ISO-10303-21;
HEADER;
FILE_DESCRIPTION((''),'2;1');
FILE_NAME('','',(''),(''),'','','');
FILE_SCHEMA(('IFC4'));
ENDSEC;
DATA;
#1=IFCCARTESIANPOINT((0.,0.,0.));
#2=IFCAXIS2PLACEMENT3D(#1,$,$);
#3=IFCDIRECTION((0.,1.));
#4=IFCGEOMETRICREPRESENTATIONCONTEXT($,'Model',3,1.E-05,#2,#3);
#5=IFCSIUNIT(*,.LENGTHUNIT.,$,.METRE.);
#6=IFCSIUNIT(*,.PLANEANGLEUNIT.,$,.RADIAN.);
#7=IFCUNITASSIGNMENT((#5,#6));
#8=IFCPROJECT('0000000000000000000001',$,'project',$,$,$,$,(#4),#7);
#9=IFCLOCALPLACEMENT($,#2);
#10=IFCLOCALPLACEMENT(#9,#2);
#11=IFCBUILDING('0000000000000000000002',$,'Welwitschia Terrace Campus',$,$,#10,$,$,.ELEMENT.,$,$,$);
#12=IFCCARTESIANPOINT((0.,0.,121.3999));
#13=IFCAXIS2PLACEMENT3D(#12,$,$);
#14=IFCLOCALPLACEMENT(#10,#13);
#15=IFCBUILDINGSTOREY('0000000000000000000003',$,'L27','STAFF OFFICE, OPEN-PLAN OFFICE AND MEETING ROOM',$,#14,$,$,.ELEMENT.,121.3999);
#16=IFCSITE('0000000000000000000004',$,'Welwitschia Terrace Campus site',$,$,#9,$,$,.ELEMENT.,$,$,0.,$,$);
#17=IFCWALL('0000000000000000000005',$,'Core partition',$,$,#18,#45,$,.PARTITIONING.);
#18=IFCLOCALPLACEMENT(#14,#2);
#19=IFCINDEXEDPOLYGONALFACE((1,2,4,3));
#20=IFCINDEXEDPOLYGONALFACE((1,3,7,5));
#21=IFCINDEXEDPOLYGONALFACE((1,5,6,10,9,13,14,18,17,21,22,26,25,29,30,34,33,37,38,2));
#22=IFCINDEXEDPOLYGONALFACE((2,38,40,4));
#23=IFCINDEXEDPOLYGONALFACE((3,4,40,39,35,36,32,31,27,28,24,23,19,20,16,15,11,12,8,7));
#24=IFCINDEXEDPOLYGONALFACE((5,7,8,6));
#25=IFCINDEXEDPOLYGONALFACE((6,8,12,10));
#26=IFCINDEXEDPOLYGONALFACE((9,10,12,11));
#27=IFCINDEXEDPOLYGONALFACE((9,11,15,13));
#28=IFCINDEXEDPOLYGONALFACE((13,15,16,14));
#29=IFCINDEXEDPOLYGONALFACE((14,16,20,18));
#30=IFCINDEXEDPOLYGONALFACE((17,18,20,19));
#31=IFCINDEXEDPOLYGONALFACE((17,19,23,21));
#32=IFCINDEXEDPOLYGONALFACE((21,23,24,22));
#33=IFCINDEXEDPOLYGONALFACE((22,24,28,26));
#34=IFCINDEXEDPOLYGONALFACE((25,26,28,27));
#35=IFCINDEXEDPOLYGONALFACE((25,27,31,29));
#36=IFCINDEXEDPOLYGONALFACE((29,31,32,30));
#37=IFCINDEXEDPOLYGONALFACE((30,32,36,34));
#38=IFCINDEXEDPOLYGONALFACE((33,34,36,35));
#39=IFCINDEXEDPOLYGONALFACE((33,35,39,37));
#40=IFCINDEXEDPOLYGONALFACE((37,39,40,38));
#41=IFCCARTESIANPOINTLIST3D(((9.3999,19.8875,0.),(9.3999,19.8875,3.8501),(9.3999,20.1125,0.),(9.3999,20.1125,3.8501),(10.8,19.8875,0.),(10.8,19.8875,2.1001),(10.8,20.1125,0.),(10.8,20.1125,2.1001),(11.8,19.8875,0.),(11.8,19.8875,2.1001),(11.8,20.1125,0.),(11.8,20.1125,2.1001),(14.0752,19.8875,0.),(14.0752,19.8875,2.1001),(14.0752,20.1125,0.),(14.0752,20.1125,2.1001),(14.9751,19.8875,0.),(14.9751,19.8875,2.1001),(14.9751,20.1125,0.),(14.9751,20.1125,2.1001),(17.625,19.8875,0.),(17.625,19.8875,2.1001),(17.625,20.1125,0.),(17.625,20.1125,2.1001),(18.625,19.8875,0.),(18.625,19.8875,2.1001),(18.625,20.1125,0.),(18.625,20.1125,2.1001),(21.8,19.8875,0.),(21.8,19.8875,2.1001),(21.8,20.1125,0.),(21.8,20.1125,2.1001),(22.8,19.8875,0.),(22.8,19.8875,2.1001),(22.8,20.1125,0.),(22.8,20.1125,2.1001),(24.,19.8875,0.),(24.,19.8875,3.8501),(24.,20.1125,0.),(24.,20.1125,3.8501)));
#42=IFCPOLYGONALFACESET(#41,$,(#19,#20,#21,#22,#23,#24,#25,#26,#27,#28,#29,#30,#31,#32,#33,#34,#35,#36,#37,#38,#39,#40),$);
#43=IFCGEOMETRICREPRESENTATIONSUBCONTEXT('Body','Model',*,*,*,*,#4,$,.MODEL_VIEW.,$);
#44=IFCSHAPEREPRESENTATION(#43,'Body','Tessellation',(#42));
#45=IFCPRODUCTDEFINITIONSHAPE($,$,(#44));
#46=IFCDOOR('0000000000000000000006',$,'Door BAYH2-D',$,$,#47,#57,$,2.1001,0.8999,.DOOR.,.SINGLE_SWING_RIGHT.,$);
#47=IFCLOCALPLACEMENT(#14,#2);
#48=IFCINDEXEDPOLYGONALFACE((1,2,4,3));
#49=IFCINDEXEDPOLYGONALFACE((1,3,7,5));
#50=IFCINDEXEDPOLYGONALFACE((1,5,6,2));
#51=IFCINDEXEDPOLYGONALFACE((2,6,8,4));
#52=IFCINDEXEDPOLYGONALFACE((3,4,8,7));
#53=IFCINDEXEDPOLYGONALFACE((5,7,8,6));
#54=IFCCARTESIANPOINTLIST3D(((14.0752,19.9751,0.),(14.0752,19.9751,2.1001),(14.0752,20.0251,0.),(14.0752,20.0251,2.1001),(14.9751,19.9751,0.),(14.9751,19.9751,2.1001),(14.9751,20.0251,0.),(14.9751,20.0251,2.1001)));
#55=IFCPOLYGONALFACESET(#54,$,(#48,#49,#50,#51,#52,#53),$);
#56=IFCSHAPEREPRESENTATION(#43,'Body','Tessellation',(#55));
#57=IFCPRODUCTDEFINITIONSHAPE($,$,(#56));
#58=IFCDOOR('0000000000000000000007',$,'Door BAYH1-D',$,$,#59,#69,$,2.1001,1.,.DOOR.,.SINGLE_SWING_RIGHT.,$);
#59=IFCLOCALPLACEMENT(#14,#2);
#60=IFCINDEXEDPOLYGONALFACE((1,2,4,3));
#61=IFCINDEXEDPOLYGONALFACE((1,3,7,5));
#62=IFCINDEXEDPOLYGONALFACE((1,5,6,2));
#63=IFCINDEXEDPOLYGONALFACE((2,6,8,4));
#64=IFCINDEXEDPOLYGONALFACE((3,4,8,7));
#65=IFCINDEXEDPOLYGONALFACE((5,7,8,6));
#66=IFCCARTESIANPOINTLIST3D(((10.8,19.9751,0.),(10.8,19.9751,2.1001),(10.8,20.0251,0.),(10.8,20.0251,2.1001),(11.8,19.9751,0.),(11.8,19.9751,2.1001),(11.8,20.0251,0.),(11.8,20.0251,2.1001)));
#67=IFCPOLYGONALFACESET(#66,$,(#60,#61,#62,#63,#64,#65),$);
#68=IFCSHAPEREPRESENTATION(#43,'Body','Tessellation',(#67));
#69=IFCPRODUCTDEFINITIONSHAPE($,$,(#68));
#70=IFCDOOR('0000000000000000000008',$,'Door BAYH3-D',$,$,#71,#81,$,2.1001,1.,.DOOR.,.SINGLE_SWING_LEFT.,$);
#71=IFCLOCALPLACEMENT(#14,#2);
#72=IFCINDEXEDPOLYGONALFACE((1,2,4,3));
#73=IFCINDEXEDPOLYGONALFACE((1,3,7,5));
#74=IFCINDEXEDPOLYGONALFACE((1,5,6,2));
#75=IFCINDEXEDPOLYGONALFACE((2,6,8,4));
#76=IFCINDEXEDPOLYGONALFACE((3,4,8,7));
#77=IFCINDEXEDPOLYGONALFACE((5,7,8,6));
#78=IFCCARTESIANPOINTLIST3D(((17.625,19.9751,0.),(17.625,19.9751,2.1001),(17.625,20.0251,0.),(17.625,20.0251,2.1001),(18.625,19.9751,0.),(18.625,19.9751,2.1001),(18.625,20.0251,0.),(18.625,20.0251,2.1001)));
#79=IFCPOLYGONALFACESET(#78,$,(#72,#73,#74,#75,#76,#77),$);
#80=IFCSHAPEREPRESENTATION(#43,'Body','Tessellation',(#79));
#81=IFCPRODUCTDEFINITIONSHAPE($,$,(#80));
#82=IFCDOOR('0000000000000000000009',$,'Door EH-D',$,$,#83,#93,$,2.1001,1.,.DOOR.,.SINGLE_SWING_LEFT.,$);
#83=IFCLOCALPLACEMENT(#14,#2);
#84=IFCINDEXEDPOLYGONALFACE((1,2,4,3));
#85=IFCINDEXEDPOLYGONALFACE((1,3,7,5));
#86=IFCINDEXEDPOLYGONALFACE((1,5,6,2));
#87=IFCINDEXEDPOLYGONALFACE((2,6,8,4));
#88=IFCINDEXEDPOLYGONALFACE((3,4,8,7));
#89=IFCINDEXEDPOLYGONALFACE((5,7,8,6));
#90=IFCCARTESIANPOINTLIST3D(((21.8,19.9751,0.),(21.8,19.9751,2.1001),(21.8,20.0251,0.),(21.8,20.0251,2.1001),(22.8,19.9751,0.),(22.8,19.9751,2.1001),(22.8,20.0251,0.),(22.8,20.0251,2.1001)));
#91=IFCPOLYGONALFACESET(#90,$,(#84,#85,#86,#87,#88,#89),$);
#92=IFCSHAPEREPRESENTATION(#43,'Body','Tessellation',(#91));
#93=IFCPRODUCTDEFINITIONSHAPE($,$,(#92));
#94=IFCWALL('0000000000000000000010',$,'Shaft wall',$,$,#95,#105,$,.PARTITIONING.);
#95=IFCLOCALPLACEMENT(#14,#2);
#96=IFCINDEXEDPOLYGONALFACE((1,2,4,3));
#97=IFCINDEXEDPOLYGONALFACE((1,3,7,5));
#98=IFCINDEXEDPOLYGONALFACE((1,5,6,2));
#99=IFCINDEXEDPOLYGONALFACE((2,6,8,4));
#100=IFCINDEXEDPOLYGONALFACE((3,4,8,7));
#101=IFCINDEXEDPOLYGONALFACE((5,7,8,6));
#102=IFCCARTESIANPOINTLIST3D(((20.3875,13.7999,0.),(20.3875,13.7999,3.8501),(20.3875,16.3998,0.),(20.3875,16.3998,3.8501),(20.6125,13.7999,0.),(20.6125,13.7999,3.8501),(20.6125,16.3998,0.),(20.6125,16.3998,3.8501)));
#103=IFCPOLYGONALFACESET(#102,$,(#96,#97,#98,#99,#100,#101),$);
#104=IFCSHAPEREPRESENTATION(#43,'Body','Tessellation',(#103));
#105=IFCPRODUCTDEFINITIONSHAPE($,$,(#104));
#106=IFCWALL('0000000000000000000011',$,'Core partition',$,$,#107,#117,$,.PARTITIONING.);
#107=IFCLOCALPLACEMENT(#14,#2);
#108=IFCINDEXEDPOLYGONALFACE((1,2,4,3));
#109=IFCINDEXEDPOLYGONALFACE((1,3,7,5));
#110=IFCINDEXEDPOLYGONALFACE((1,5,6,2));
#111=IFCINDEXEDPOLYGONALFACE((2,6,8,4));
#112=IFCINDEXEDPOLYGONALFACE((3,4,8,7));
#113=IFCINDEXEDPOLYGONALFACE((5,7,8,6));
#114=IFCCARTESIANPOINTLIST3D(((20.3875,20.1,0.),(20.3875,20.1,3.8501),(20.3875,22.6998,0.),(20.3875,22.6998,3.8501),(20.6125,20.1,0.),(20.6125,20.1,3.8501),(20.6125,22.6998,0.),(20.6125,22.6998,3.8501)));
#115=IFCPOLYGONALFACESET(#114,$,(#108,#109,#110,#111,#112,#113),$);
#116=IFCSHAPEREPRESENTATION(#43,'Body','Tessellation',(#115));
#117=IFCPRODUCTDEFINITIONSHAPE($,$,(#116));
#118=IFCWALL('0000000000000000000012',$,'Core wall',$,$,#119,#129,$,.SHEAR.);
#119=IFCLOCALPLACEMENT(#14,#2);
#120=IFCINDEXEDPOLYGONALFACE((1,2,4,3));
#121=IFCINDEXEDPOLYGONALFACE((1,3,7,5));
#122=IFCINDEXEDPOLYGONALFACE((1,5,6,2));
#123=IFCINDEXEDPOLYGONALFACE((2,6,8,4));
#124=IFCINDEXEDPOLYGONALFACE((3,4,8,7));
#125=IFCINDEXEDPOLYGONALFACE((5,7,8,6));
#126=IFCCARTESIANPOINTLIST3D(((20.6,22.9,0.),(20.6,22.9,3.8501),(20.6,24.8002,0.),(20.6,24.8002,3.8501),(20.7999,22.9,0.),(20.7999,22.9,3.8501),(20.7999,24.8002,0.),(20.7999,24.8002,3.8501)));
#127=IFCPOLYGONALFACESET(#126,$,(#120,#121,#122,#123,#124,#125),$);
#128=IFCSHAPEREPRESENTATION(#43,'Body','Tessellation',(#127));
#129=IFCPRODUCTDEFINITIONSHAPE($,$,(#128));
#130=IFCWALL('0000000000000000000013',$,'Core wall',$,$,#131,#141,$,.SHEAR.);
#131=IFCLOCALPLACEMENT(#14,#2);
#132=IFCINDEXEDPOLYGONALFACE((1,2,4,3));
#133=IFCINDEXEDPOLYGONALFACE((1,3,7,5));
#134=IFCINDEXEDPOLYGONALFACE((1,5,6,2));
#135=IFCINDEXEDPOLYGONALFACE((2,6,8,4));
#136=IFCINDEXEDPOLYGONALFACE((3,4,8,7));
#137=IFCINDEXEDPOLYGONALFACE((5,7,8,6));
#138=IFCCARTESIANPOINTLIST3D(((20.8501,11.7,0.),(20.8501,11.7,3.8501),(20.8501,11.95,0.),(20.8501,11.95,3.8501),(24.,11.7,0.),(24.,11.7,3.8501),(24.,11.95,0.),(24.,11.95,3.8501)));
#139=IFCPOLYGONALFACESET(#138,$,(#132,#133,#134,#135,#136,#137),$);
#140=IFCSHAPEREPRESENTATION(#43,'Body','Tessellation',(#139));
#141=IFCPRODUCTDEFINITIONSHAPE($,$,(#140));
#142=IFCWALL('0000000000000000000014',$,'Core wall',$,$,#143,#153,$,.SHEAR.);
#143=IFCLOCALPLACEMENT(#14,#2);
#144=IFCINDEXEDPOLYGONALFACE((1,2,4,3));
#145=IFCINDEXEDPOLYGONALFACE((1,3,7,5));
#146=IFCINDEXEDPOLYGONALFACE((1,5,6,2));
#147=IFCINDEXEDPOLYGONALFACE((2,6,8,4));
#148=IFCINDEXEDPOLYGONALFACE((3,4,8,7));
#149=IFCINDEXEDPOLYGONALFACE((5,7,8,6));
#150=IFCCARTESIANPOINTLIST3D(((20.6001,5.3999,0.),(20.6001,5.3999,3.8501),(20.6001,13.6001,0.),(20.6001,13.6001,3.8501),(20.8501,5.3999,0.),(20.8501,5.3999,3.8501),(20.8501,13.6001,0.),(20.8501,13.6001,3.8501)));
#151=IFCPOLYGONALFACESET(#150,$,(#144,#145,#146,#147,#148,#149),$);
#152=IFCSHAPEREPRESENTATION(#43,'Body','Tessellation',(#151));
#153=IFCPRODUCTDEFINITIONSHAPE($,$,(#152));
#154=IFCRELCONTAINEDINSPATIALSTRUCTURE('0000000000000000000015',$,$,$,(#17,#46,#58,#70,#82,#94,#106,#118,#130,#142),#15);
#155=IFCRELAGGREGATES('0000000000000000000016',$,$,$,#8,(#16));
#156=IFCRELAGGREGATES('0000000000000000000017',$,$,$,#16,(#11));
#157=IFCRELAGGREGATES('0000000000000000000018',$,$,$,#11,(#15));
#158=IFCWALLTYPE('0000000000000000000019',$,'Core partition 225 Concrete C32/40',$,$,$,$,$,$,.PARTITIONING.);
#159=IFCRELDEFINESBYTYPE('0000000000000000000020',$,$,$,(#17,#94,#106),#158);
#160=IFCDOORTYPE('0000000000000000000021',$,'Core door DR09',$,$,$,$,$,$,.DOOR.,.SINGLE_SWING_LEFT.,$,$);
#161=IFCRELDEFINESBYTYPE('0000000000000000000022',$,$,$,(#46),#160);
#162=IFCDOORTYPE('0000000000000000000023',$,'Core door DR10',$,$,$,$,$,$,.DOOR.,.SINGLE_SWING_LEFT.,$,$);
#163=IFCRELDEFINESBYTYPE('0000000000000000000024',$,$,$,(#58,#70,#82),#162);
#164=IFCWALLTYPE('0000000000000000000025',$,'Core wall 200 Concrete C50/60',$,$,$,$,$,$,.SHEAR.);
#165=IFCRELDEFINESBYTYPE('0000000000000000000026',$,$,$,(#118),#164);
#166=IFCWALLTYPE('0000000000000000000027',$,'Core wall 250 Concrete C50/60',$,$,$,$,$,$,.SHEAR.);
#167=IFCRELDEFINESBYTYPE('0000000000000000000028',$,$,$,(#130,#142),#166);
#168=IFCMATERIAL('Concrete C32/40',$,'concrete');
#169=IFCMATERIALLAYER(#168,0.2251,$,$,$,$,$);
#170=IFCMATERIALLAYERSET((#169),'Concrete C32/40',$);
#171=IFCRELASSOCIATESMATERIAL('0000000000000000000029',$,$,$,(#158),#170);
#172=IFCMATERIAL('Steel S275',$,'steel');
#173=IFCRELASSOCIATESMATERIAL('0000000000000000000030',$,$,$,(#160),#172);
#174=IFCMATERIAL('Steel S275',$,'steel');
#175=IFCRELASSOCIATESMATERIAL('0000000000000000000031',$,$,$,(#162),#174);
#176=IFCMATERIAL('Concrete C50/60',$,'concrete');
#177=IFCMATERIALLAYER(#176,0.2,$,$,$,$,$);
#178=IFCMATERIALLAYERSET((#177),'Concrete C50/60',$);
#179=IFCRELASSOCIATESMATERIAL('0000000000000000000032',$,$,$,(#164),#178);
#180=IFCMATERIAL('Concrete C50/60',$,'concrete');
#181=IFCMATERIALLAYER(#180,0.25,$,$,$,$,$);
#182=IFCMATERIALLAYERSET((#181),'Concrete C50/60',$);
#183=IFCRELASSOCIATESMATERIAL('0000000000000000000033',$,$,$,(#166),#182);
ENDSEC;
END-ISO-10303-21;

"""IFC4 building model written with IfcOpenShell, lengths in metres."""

from ifc_helpers import new_model, si_unit, direction, frame, frame_2d, origin, place, context, subcontext, project, spatial, rectangle, extrude, material, layer, layer_set, type_object, element, fill, save


model = new_model("IFC4")

# Units and contexts
model_context = context("Model", 3, precision=1e-05, world=origin(), true_north=direction((0.0, 1.0)))
body_context = subcontext(model_context, "Body", "Model", "MODEL_VIEW")
ifc_project = project(units=[si_unit("LENGTHUNIT", "METRE"), si_unit("PLANEANGLEUNIT", "RADIAN")], contexts=[model_context])

# Site, building, storey
site_placement = place(None, origin())
site = spatial("IfcSite", under=ifc_project, at=site_placement, Name="Welwitschia Terrace Campus site", CompositionType="ELEMENT", RefElevation=0.0)
building_placement = place(site_placement, origin())
building = spatial("IfcBuilding", under=site, at=building_placement, Name="Welwitschia Terrace Campus", CompositionType="ELEMENT")
storey_placement = place(building_placement, frame((0.0, 0.0, 121.3999)))
storey = spatial("IfcBuildingStorey", under=building, at=storey_placement, Name="L27", Description="STAFF OFFICE, OPEN-PLAN OFFICE AND MEETING ROOM", CompositionType="ELEMENT", Elevation=121.3999)

# Wall, openings, doors
ifc_material_1 = material(Name="Concrete C32/40", Category="concrete")
ifc_layer_1 = layer(ifc_material_1, 0.2251)
ifc_layer_set_1 = layer_set([ifc_layer_1], Name="Concrete C32/40")
wall_type_1 = type_object("IfcWallType", Name="Core partition 225 Concrete C32/40", PredefinedType="PARTITIONING", material=ifc_layer_set_1)
wall_1_placement = place(storey_placement, frame((24.0, 20.0, 0.0), z_axis=(0.0, 0.0, 1.0), x_axis=(-1.0, 0.0, 0.0)))
wall_1 = element("IfcWall", 1, at=wall_1_placement, inside=storey, type_object=wall_type_1, Name="Core partition", PredefinedType="PARTITIONING", context=body_context, shape_type="SweptSolid", body=[
    extrude(rectangle(XDim=14.6001, YDim=0.2251, at=frame_2d((7.3, 0.0))), origin(), (0.0, 0.0, 1.0), 3.8501),
])
opening_1_placement = place(wall_1_placement, frame((12.2, 0.0, 0.0)))
opening_1 = element("IfcOpeningElement", 2, at=opening_1_placement, cuts=wall_1, PredefinedType="OPENING", context=body_context, shape_type="SweptSolid", body=[
    extrude(rectangle(XDim=1.0, YDim=2.1001, at=frame_2d((0.5, 1.05))), frame((0.0, 0.1226, 0.0), z_axis=(0.0, -1.0, 0.0), x_axis=(1.0, 0.0, 0.0)), (0.0, 0.0, 1.0), 0.2451),
])
opening_2_placement = place(wall_1_placement, frame((9.0249, 0.0, 0.0)))
opening_2 = element("IfcOpeningElement", 3, at=opening_2_placement, cuts=wall_1, PredefinedType="OPENING", context=body_context, shape_type="SweptSolid", body=[
    extrude(rectangle(XDim=0.8999, YDim=2.1001, at=frame_2d((0.45, 1.05))), frame((0.0, 0.1226, 0.0), z_axis=(0.0, -1.0, 0.0), x_axis=(1.0, 0.0, 0.0)), (0.0, 0.0, 1.0), 0.2451),
])
opening_3_placement = place(wall_1_placement, frame((5.375, 0.0, 0.0)))
opening_3 = element("IfcOpeningElement", 4, at=opening_3_placement, cuts=wall_1, PredefinedType="OPENING", context=body_context, shape_type="SweptSolid", body=[
    extrude(rectangle(XDim=1.0, YDim=2.1001, at=frame_2d((0.5, 1.05))), frame((0.0, 0.1226, 0.0), z_axis=(0.0, -1.0, 0.0), x_axis=(1.0, 0.0, 0.0)), (0.0, 0.0, 1.0), 0.2451),
])
opening_4_placement = place(wall_1_placement, frame((1.2, 0.0, 0.0)))
opening_4 = element("IfcOpeningElement", 5, at=opening_4_placement, cuts=wall_1, PredefinedType="OPENING", context=body_context, shape_type="SweptSolid", body=[
    extrude(rectangle(XDim=1.0, YDim=2.1001, at=frame_2d((0.5, 1.05))), frame((0.0, 0.1226, 0.0), z_axis=(0.0, -1.0, 0.0), x_axis=(1.0, 0.0, 0.0)), (0.0, 0.0, 1.0), 0.2451),
])
ifc_material_2 = material(Name="Steel S275", Category="steel")
door_type_1 = type_object("IfcDoorType", Name="Core door DR09", OperationType="SINGLE_SWING_LEFT", PredefinedType="DOOR", material=ifc_material_2)
door_1_placement = place(opening_2_placement, origin())
door_1 = element("IfcDoor", 6, at=door_1_placement, inside=storey, type_object=door_type_1, Name="Door BAYH2-D", OperationType="SINGLE_SWING_RIGHT", OverallHeight=2.1001, OverallWidth=0.8999, PredefinedType="DOOR", context=body_context, shape_type="SweptSolid", body=[
    extrude(rectangle(XDim=0.8999, YDim=2.1001, at=frame_2d((0.45, 1.05))), frame((0.0, 0.0249, 0.0), z_axis=(0.0, -1.0, 0.0), x_axis=(1.0, 0.0, 0.0)), (0.0, 0.0, 1.0), 0.05),
])
fill(opening_2, door_1)
ifc_material_3 = material(Name="Steel S275", Category="steel")
door_type_2 = type_object("IfcDoorType", Name="Core door DR10", OperationType="SINGLE_SWING_LEFT", PredefinedType="DOOR", material=ifc_material_3)
door_2_placement = place(opening_1_placement, origin())
door_2 = element("IfcDoor", 7, at=door_2_placement, inside=storey, type_object=door_type_2, Name="Door BAYH1-D", OperationType="SINGLE_SWING_RIGHT", OverallHeight=2.1001, OverallWidth=1.0, PredefinedType="DOOR", context=body_context, shape_type="SweptSolid", body=[
    extrude(rectangle(XDim=1.0, YDim=2.1001, at=frame_2d((0.5, 1.05))), frame((0.0, 0.0249, 0.0), z_axis=(0.0, -1.0, 0.0), x_axis=(1.0, 0.0, 0.0)), (0.0, 0.0, 1.0), 0.05),
])
fill(opening_1, door_2)
door_3_placement = place(opening_3_placement, origin())
door_3 = element("IfcDoor", 8, at=door_3_placement, inside=storey, type_object=door_type_2, Name="Door BAYH3-D", OperationType="SINGLE_SWING_LEFT", OverallHeight=2.1001, OverallWidth=1.0, PredefinedType="DOOR", context=body_context, shape_type="SweptSolid", body=[
    extrude(rectangle(XDim=1.0, YDim=2.1001, at=frame_2d((0.5, 1.05))), frame((0.0, 0.0249, 0.0), z_axis=(0.0, -1.0, 0.0), x_axis=(1.0, 0.0, 0.0)), (0.0, 0.0, 1.0), 0.05),
])
fill(opening_3, door_3)
door_4_placement = place(opening_4_placement, origin())
door_4 = element("IfcDoor", 9, at=door_4_placement, inside=storey, type_object=door_type_2, Name="Door EH-D", OperationType="SINGLE_SWING_LEFT", OverallHeight=2.1001, OverallWidth=1.0, PredefinedType="DOOR", context=body_context, shape_type="SweptSolid", body=[
    extrude(rectangle(XDim=1.0, YDim=2.1001, at=frame_2d((0.5, 1.05))), frame((0.0, 0.0249, 0.0), z_axis=(0.0, -1.0, 0.0), x_axis=(1.0, 0.0, 0.0)), (0.0, 0.0, 1.0), 0.05),
])
fill(opening_4, door_4)

# Walls
for number, where, z_axis, x_axis, name in (
    (10, (20.5, 13.8, 0.0), (0.0, 0.0, 1.0), (0.0, 1.0, 0.0), "Shaft wall"),
    (11, (20.5, 20.1001, 0.0), (0.0, 0.0, 1.0), (0.0, 1.0, 0.0), "Core partition"),
):
    element("IfcWall", number, at=place(storey_placement, frame(where, z_axis=z_axis, x_axis=x_axis)), inside=storey, type_object=wall_type_1, Name=name, PredefinedType="PARTITIONING", context=body_context, shape_type="SweptSolid", body=[
        extrude(rectangle(XDim=2.5999, YDim=0.2251, at=frame_2d((1.2998, 0.0))), origin(), (0.0, 0.0, 1.0), 3.8501),
    ])
ifc_material_4 = material(Name="Concrete C50/60", Category="concrete")
ifc_layer_2 = layer(ifc_material_4, 0.2)
ifc_layer_set_2 = layer_set([ifc_layer_2], Name="Concrete C50/60")
wall_type_2 = type_object("IfcWallType", Name="Core wall 200 Concrete C50/60", PredefinedType="SHEAR", material=ifc_layer_set_2)
wall_2_placement = place(storey_placement, frame((20.7, 22.8999, 0.0), z_axis=(0.0, 0.0, 1.0), x_axis=(0.0, 1.0, 0.0)))
element("IfcWall", 12, at=wall_2_placement, inside=storey, type_object=wall_type_2, Name="Core wall", PredefinedType="SHEAR", context=body_context, shape_type="SweptSolid", body=[
    extrude(rectangle(XDim=1.9001, YDim=0.2, at=frame_2d((0.9502, 0.0))), origin(), (0.0, 0.0, 1.0), 3.8501),
])
ifc_material_5 = material(Name="Concrete C50/60", Category="concrete")
ifc_layer_3 = layer(ifc_material_5, 0.25)
ifc_layer_set_3 = layer_set([ifc_layer_3], Name="Concrete C50/60")
wall_type_3 = type_object("IfcWallType", Name="Core wall 250 Concrete C50/60", PredefinedType="SHEAR", material=ifc_layer_set_3)
wall_3_placement = place(storey_placement, frame((20.8501, 11.825, 0.0), z_axis=(0.0, 0.0, 1.0), x_axis=(1.0, 0.0, 0.0)))
element("IfcWall", 13, at=wall_3_placement, inside=storey, type_object=wall_type_3, Name="Core wall", PredefinedType="SHEAR", context=body_context, shape_type="SweptSolid", body=[
    extrude(rectangle(XDim=3.1499, YDim=0.25, at=frame_2d((1.575, 0.0))), origin(), (0.0, 0.0, 1.0), 3.8501),
])
wall_4_placement = place(storey_placement, frame((20.7251, 5.3999, 0.0), z_axis=(0.0, 0.0, 1.0), x_axis=(0.0, 1.0, 0.0)))
element("IfcWall", 14, at=wall_4_placement, inside=storey, type_object=wall_type_3, Name="Core wall", PredefinedType="SHEAR", context=body_context, shape_type="SweptSolid", body=[
    extrude(rectangle(XDim=8.2002, YDim=0.25, at=frame_2d((4.1001, 0.0))), origin(), (0.0, 0.0, 1.0), 3.8501),
])

save(model, "model.ifc")
